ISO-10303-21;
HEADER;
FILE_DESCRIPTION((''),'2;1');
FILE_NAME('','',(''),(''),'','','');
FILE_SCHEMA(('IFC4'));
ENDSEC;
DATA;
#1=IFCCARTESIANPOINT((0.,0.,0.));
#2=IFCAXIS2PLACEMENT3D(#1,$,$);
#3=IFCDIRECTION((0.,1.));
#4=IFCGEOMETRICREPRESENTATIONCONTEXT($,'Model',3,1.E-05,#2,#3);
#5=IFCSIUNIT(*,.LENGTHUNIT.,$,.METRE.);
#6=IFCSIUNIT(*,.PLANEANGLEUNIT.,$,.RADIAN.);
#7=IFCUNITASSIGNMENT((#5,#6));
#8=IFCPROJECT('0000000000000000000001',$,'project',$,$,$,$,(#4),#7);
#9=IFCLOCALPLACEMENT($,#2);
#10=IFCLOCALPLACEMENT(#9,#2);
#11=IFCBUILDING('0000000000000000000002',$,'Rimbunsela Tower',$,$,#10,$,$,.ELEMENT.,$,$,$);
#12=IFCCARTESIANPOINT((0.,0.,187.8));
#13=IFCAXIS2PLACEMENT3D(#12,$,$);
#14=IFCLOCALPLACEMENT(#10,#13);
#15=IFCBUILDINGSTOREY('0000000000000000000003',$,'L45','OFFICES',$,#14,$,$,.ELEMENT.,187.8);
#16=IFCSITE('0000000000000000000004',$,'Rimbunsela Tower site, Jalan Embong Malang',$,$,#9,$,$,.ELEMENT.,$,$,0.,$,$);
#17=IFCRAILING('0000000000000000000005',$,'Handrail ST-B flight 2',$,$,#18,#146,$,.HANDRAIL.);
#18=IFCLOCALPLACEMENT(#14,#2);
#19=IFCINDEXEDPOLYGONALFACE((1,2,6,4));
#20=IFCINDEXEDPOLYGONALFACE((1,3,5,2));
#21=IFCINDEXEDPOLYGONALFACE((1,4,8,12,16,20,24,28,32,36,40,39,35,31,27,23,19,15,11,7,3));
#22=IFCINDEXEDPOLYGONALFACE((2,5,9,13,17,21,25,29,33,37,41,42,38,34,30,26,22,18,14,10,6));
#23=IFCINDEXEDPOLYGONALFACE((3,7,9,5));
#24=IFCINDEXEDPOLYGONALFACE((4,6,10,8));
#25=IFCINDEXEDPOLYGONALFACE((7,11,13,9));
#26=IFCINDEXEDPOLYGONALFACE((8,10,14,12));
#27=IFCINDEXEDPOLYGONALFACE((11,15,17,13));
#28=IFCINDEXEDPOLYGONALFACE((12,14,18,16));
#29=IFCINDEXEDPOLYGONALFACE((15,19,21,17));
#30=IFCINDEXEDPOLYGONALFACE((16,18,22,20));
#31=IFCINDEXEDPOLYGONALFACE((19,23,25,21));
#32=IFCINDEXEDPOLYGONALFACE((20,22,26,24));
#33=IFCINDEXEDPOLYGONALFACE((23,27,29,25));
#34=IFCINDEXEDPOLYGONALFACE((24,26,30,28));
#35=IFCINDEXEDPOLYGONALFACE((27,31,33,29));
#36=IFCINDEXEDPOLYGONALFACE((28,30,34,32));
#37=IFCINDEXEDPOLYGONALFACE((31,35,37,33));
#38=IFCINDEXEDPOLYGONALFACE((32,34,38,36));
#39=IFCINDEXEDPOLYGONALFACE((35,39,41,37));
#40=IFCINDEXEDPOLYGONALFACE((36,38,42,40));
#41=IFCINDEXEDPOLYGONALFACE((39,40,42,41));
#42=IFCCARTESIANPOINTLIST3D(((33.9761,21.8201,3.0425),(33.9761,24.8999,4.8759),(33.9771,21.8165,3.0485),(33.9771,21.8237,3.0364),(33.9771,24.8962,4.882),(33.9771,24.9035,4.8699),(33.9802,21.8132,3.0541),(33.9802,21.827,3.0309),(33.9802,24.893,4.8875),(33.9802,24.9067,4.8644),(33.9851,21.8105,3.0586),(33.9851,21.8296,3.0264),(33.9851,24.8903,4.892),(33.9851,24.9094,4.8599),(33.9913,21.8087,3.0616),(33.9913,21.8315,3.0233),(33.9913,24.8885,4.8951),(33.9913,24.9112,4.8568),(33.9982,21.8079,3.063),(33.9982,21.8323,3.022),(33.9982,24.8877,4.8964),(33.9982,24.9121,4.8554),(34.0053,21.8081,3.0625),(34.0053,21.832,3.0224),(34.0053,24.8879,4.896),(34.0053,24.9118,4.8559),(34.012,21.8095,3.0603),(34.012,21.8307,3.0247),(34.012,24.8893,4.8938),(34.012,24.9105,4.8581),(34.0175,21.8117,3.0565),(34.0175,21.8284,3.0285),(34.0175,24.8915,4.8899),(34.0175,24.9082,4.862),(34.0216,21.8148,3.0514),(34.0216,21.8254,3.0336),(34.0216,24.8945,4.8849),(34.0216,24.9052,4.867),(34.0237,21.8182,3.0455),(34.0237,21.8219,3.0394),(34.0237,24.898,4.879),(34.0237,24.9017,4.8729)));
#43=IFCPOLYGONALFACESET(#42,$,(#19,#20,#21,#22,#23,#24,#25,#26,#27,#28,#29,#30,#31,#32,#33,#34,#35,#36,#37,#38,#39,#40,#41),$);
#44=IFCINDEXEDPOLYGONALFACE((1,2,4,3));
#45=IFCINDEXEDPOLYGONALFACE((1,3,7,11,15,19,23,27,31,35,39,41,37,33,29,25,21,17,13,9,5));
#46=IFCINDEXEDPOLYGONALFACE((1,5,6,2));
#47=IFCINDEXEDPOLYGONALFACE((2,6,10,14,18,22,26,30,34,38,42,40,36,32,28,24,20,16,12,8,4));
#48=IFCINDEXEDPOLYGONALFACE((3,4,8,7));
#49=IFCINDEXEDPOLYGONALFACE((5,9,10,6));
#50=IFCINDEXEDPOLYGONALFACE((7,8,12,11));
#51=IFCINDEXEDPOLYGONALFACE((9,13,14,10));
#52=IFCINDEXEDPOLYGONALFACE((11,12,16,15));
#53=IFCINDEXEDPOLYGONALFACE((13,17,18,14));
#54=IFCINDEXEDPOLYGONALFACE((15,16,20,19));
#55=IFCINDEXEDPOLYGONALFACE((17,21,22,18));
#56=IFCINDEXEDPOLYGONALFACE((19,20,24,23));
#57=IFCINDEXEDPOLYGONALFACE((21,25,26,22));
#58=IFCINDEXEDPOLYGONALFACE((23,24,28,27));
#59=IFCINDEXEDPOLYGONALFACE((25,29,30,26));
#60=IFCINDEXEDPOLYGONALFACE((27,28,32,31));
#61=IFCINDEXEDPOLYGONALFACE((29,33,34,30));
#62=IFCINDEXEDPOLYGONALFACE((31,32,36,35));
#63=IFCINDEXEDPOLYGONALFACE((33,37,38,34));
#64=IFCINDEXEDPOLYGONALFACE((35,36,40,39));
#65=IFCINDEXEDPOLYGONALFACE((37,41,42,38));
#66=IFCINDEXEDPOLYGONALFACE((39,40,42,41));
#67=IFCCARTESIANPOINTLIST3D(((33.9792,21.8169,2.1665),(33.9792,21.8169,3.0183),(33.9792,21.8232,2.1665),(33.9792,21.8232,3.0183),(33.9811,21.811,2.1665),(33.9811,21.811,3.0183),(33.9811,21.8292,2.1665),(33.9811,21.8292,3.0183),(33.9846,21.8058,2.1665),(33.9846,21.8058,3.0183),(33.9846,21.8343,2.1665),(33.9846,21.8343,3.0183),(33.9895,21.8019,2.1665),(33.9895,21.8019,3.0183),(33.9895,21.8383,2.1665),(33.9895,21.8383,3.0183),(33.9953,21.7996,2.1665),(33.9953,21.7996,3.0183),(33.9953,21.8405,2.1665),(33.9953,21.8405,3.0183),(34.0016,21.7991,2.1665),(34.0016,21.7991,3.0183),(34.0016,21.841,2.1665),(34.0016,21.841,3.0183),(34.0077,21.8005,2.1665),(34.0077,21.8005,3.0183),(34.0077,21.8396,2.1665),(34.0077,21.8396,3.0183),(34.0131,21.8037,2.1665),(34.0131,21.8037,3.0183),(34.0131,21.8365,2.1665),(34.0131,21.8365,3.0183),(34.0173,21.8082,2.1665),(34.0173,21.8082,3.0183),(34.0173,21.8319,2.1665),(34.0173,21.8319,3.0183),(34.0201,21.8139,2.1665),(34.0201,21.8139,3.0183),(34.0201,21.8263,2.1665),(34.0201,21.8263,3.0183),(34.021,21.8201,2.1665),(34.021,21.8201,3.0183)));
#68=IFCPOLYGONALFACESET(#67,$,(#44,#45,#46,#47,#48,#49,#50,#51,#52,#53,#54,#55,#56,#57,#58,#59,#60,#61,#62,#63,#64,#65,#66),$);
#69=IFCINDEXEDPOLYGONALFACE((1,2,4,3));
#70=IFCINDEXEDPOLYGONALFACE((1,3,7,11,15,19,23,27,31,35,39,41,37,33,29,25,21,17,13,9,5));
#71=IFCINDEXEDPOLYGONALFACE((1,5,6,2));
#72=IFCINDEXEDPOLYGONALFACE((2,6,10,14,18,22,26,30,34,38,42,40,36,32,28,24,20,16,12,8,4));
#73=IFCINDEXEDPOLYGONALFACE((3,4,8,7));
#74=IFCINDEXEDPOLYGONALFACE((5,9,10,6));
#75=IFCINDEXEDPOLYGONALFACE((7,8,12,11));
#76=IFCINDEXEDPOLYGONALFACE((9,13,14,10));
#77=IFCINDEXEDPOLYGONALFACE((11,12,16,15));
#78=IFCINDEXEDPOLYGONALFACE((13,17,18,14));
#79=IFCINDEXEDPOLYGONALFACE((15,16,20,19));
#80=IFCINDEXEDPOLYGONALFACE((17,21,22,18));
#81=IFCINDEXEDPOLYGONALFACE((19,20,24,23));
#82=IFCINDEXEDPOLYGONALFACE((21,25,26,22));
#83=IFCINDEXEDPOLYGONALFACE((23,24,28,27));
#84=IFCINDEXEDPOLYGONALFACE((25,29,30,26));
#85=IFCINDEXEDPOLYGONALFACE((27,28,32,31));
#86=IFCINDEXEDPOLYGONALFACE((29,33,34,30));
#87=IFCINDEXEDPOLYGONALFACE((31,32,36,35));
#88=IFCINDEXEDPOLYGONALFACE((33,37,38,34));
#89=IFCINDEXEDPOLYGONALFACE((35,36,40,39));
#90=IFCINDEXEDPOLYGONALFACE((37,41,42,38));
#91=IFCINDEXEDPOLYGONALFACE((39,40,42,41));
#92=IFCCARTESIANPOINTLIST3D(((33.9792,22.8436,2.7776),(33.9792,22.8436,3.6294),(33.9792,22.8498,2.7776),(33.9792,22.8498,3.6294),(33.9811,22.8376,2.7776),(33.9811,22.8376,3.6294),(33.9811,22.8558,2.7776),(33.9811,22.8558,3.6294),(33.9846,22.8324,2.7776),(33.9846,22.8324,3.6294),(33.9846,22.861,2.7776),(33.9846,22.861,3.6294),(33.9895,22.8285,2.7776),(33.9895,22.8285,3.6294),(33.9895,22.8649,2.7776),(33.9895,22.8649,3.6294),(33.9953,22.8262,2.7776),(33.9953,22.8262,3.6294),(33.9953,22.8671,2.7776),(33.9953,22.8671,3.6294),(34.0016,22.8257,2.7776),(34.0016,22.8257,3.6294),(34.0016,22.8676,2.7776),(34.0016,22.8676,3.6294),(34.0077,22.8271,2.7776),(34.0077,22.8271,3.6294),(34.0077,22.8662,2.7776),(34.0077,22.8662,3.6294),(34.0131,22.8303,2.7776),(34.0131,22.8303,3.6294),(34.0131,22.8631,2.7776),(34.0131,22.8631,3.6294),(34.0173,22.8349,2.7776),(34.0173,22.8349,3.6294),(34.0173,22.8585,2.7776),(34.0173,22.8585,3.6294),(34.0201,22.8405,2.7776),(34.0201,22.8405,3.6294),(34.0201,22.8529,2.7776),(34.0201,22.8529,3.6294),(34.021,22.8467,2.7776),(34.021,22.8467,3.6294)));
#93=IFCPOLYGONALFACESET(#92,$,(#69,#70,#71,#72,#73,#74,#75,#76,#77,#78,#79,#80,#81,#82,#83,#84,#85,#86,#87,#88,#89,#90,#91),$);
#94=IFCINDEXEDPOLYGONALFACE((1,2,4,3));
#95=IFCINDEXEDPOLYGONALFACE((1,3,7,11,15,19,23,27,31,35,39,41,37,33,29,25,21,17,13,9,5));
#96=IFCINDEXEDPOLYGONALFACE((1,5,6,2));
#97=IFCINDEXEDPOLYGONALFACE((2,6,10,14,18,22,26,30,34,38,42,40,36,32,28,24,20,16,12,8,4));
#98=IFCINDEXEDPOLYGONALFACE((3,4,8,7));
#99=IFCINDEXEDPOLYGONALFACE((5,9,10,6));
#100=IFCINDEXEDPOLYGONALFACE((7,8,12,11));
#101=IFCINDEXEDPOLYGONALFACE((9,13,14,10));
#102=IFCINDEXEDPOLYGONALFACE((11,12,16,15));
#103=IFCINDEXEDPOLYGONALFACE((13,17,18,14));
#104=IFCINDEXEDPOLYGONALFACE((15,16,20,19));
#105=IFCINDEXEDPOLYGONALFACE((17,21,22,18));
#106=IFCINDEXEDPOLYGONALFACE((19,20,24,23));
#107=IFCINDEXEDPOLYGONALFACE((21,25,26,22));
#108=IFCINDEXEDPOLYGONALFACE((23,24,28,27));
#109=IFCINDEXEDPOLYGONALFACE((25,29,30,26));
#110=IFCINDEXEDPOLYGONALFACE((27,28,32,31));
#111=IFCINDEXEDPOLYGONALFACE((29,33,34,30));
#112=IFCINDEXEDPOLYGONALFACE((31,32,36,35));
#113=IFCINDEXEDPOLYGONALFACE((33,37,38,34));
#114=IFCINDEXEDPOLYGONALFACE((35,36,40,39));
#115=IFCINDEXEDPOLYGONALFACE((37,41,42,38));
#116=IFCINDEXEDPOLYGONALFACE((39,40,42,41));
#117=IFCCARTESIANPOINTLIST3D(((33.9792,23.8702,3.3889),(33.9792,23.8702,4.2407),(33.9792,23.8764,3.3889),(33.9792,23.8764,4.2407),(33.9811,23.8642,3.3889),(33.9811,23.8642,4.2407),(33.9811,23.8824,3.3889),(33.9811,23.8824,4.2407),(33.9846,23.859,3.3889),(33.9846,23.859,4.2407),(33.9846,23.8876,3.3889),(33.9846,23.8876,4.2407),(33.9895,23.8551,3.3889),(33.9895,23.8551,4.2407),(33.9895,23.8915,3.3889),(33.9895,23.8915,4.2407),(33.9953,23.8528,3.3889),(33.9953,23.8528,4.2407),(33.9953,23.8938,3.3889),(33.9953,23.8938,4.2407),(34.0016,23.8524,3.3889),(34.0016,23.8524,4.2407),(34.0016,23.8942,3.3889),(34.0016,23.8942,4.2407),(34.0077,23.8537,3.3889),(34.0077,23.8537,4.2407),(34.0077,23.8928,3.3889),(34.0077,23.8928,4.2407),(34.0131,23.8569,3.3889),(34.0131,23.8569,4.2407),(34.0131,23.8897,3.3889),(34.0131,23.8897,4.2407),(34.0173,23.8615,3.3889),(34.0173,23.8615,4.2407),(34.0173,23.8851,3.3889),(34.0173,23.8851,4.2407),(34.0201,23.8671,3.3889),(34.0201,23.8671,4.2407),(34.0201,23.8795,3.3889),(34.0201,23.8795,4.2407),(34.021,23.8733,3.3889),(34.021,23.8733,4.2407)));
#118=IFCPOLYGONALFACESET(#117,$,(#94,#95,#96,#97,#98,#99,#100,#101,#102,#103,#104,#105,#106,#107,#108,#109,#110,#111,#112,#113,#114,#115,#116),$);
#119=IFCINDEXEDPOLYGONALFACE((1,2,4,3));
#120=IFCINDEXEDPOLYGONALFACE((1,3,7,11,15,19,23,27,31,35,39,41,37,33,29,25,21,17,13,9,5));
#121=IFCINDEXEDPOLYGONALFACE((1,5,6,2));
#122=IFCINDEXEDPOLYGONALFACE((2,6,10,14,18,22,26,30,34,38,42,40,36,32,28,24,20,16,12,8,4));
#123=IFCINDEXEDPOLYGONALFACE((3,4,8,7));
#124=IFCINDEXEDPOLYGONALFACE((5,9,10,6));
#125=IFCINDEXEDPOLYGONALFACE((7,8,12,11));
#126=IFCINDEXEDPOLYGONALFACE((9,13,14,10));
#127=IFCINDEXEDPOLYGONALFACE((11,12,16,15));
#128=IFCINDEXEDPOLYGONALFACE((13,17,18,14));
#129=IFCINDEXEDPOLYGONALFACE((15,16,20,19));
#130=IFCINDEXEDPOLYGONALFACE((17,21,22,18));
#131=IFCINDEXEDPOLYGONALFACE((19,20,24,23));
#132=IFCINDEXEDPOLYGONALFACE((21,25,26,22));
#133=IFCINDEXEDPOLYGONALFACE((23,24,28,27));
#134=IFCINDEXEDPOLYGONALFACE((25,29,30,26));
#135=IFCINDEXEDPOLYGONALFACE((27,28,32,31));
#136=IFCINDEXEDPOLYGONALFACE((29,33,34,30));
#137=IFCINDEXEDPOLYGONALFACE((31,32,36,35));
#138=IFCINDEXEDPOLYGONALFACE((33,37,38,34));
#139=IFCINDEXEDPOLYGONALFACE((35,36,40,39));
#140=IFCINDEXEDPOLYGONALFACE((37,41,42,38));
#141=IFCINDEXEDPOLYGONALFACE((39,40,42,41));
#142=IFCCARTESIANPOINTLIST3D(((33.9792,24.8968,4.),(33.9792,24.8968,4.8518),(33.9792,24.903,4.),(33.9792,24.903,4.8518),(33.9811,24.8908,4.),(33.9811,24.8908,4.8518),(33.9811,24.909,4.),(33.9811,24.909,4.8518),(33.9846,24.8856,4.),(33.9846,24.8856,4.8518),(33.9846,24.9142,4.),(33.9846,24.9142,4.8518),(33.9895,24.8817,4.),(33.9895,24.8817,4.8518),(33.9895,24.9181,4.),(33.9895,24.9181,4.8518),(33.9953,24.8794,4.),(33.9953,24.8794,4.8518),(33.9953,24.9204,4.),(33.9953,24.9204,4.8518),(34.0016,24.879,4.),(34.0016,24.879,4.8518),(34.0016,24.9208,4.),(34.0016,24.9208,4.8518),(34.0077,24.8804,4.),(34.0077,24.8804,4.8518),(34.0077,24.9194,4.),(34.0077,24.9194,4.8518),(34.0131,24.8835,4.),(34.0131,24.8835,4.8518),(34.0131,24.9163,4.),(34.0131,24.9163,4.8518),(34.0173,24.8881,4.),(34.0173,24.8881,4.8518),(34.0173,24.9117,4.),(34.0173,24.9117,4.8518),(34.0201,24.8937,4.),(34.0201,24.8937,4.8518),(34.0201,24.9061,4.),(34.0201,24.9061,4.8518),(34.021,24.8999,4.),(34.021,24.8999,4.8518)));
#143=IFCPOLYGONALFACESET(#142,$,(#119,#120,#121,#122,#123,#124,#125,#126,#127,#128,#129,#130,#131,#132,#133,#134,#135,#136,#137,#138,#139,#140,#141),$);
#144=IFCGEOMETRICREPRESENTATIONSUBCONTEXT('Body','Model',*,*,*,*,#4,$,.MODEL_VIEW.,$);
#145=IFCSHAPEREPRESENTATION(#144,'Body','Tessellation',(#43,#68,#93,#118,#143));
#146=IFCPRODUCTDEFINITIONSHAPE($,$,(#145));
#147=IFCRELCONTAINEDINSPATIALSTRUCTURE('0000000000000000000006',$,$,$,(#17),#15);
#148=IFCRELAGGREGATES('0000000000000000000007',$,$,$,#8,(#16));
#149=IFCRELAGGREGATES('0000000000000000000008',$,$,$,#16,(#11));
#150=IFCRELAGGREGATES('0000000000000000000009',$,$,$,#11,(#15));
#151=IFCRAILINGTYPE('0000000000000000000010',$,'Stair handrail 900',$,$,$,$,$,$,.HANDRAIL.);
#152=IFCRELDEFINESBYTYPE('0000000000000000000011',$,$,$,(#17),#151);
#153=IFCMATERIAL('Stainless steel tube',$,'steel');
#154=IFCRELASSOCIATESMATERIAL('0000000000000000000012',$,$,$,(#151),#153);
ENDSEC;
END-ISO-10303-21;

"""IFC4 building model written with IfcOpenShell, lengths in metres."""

from ifc_helpers import new_model, si_unit, direction, frame, origin, origin_2d, place, context, subcontext, project, spatial, circle, extrude, material, type_object, element, save


model = new_model("IFC4")

# Units and contexts
model_context = context("Model", 3, precision=1e-05, world=origin(), true_north=direction((0.0, 1.0)))
body_context = subcontext(model_context, "Body", "Model", "MODEL_VIEW")
ifc_project = project(units=[si_unit("LENGTHUNIT", "METRE"), si_unit("PLANEANGLEUNIT", "RADIAN")], contexts=[model_context])

# Site, building, storey
site_placement = place(None, origin())
site = spatial("IfcSite", under=ifc_project, at=site_placement, Name="Rimbunsela Tower site, Jalan Embong Malang", CompositionType="ELEMENT", RefElevation=0.0)
building_placement = place(site_placement, origin())
building = spatial("IfcBuilding", under=site, at=building_placement, Name="Rimbunsela Tower", CompositionType="ELEMENT")
storey_placement = place(building_placement, frame((0.0, 0.0, 187.8)))
storey = spatial("IfcBuildingStorey", under=building, at=storey_placement, Name="L45", Description="OFFICES", CompositionType="ELEMENT", Elevation=187.8)

# Railing
ifc_material_1 = material(Name="Stainless steel tube", Category="steel")
railing_type = type_object("IfcRailingType", Name="Stair handrail 900", PredefinedType="HANDRAIL", material=ifc_material_1)
railing_placement = place(storey_placement, frame((34.0, 21.8201, 2.1665)))
element("IfcRailing", 1, at=railing_placement, inside=storey, type_object=railing_type, Name="Handrail ST-B flight 2", PredefinedType="HANDRAIL", context=body_context, shape_type="SweptSolid", body=[
    extrude(circle(Radius=0.0239, at=origin_2d()), frame((0.0, 0.0, 0.876), z_axis=(0.0, 0.859261, 0.511538), x_axis=(-1.0, 0.0, 0.0)), (0.0, 0.0, 1.0), 3.5842),
    extrude(circle(Radius=0.021, at=origin_2d()), origin(), (0.0, 0.0, 1.0), 0.8518),
    extrude(circle(Radius=0.021, at=origin_2d()), frame((0.0, 1.0266, 0.6111)), (0.0, 0.0, 1.0), 0.8518),
    extrude(circle(Radius=0.021, at=origin_2d()), frame((0.0, 2.0532, 1.2224)), (0.0, 0.0, 1.0), 0.8518),
    extrude(circle(Radius=0.021, at=origin_2d()), frame((0.0, 3.0798, 1.8335)), (0.0, 0.0, 1.0), 0.8518),
])

save(model, "model.ifc")
